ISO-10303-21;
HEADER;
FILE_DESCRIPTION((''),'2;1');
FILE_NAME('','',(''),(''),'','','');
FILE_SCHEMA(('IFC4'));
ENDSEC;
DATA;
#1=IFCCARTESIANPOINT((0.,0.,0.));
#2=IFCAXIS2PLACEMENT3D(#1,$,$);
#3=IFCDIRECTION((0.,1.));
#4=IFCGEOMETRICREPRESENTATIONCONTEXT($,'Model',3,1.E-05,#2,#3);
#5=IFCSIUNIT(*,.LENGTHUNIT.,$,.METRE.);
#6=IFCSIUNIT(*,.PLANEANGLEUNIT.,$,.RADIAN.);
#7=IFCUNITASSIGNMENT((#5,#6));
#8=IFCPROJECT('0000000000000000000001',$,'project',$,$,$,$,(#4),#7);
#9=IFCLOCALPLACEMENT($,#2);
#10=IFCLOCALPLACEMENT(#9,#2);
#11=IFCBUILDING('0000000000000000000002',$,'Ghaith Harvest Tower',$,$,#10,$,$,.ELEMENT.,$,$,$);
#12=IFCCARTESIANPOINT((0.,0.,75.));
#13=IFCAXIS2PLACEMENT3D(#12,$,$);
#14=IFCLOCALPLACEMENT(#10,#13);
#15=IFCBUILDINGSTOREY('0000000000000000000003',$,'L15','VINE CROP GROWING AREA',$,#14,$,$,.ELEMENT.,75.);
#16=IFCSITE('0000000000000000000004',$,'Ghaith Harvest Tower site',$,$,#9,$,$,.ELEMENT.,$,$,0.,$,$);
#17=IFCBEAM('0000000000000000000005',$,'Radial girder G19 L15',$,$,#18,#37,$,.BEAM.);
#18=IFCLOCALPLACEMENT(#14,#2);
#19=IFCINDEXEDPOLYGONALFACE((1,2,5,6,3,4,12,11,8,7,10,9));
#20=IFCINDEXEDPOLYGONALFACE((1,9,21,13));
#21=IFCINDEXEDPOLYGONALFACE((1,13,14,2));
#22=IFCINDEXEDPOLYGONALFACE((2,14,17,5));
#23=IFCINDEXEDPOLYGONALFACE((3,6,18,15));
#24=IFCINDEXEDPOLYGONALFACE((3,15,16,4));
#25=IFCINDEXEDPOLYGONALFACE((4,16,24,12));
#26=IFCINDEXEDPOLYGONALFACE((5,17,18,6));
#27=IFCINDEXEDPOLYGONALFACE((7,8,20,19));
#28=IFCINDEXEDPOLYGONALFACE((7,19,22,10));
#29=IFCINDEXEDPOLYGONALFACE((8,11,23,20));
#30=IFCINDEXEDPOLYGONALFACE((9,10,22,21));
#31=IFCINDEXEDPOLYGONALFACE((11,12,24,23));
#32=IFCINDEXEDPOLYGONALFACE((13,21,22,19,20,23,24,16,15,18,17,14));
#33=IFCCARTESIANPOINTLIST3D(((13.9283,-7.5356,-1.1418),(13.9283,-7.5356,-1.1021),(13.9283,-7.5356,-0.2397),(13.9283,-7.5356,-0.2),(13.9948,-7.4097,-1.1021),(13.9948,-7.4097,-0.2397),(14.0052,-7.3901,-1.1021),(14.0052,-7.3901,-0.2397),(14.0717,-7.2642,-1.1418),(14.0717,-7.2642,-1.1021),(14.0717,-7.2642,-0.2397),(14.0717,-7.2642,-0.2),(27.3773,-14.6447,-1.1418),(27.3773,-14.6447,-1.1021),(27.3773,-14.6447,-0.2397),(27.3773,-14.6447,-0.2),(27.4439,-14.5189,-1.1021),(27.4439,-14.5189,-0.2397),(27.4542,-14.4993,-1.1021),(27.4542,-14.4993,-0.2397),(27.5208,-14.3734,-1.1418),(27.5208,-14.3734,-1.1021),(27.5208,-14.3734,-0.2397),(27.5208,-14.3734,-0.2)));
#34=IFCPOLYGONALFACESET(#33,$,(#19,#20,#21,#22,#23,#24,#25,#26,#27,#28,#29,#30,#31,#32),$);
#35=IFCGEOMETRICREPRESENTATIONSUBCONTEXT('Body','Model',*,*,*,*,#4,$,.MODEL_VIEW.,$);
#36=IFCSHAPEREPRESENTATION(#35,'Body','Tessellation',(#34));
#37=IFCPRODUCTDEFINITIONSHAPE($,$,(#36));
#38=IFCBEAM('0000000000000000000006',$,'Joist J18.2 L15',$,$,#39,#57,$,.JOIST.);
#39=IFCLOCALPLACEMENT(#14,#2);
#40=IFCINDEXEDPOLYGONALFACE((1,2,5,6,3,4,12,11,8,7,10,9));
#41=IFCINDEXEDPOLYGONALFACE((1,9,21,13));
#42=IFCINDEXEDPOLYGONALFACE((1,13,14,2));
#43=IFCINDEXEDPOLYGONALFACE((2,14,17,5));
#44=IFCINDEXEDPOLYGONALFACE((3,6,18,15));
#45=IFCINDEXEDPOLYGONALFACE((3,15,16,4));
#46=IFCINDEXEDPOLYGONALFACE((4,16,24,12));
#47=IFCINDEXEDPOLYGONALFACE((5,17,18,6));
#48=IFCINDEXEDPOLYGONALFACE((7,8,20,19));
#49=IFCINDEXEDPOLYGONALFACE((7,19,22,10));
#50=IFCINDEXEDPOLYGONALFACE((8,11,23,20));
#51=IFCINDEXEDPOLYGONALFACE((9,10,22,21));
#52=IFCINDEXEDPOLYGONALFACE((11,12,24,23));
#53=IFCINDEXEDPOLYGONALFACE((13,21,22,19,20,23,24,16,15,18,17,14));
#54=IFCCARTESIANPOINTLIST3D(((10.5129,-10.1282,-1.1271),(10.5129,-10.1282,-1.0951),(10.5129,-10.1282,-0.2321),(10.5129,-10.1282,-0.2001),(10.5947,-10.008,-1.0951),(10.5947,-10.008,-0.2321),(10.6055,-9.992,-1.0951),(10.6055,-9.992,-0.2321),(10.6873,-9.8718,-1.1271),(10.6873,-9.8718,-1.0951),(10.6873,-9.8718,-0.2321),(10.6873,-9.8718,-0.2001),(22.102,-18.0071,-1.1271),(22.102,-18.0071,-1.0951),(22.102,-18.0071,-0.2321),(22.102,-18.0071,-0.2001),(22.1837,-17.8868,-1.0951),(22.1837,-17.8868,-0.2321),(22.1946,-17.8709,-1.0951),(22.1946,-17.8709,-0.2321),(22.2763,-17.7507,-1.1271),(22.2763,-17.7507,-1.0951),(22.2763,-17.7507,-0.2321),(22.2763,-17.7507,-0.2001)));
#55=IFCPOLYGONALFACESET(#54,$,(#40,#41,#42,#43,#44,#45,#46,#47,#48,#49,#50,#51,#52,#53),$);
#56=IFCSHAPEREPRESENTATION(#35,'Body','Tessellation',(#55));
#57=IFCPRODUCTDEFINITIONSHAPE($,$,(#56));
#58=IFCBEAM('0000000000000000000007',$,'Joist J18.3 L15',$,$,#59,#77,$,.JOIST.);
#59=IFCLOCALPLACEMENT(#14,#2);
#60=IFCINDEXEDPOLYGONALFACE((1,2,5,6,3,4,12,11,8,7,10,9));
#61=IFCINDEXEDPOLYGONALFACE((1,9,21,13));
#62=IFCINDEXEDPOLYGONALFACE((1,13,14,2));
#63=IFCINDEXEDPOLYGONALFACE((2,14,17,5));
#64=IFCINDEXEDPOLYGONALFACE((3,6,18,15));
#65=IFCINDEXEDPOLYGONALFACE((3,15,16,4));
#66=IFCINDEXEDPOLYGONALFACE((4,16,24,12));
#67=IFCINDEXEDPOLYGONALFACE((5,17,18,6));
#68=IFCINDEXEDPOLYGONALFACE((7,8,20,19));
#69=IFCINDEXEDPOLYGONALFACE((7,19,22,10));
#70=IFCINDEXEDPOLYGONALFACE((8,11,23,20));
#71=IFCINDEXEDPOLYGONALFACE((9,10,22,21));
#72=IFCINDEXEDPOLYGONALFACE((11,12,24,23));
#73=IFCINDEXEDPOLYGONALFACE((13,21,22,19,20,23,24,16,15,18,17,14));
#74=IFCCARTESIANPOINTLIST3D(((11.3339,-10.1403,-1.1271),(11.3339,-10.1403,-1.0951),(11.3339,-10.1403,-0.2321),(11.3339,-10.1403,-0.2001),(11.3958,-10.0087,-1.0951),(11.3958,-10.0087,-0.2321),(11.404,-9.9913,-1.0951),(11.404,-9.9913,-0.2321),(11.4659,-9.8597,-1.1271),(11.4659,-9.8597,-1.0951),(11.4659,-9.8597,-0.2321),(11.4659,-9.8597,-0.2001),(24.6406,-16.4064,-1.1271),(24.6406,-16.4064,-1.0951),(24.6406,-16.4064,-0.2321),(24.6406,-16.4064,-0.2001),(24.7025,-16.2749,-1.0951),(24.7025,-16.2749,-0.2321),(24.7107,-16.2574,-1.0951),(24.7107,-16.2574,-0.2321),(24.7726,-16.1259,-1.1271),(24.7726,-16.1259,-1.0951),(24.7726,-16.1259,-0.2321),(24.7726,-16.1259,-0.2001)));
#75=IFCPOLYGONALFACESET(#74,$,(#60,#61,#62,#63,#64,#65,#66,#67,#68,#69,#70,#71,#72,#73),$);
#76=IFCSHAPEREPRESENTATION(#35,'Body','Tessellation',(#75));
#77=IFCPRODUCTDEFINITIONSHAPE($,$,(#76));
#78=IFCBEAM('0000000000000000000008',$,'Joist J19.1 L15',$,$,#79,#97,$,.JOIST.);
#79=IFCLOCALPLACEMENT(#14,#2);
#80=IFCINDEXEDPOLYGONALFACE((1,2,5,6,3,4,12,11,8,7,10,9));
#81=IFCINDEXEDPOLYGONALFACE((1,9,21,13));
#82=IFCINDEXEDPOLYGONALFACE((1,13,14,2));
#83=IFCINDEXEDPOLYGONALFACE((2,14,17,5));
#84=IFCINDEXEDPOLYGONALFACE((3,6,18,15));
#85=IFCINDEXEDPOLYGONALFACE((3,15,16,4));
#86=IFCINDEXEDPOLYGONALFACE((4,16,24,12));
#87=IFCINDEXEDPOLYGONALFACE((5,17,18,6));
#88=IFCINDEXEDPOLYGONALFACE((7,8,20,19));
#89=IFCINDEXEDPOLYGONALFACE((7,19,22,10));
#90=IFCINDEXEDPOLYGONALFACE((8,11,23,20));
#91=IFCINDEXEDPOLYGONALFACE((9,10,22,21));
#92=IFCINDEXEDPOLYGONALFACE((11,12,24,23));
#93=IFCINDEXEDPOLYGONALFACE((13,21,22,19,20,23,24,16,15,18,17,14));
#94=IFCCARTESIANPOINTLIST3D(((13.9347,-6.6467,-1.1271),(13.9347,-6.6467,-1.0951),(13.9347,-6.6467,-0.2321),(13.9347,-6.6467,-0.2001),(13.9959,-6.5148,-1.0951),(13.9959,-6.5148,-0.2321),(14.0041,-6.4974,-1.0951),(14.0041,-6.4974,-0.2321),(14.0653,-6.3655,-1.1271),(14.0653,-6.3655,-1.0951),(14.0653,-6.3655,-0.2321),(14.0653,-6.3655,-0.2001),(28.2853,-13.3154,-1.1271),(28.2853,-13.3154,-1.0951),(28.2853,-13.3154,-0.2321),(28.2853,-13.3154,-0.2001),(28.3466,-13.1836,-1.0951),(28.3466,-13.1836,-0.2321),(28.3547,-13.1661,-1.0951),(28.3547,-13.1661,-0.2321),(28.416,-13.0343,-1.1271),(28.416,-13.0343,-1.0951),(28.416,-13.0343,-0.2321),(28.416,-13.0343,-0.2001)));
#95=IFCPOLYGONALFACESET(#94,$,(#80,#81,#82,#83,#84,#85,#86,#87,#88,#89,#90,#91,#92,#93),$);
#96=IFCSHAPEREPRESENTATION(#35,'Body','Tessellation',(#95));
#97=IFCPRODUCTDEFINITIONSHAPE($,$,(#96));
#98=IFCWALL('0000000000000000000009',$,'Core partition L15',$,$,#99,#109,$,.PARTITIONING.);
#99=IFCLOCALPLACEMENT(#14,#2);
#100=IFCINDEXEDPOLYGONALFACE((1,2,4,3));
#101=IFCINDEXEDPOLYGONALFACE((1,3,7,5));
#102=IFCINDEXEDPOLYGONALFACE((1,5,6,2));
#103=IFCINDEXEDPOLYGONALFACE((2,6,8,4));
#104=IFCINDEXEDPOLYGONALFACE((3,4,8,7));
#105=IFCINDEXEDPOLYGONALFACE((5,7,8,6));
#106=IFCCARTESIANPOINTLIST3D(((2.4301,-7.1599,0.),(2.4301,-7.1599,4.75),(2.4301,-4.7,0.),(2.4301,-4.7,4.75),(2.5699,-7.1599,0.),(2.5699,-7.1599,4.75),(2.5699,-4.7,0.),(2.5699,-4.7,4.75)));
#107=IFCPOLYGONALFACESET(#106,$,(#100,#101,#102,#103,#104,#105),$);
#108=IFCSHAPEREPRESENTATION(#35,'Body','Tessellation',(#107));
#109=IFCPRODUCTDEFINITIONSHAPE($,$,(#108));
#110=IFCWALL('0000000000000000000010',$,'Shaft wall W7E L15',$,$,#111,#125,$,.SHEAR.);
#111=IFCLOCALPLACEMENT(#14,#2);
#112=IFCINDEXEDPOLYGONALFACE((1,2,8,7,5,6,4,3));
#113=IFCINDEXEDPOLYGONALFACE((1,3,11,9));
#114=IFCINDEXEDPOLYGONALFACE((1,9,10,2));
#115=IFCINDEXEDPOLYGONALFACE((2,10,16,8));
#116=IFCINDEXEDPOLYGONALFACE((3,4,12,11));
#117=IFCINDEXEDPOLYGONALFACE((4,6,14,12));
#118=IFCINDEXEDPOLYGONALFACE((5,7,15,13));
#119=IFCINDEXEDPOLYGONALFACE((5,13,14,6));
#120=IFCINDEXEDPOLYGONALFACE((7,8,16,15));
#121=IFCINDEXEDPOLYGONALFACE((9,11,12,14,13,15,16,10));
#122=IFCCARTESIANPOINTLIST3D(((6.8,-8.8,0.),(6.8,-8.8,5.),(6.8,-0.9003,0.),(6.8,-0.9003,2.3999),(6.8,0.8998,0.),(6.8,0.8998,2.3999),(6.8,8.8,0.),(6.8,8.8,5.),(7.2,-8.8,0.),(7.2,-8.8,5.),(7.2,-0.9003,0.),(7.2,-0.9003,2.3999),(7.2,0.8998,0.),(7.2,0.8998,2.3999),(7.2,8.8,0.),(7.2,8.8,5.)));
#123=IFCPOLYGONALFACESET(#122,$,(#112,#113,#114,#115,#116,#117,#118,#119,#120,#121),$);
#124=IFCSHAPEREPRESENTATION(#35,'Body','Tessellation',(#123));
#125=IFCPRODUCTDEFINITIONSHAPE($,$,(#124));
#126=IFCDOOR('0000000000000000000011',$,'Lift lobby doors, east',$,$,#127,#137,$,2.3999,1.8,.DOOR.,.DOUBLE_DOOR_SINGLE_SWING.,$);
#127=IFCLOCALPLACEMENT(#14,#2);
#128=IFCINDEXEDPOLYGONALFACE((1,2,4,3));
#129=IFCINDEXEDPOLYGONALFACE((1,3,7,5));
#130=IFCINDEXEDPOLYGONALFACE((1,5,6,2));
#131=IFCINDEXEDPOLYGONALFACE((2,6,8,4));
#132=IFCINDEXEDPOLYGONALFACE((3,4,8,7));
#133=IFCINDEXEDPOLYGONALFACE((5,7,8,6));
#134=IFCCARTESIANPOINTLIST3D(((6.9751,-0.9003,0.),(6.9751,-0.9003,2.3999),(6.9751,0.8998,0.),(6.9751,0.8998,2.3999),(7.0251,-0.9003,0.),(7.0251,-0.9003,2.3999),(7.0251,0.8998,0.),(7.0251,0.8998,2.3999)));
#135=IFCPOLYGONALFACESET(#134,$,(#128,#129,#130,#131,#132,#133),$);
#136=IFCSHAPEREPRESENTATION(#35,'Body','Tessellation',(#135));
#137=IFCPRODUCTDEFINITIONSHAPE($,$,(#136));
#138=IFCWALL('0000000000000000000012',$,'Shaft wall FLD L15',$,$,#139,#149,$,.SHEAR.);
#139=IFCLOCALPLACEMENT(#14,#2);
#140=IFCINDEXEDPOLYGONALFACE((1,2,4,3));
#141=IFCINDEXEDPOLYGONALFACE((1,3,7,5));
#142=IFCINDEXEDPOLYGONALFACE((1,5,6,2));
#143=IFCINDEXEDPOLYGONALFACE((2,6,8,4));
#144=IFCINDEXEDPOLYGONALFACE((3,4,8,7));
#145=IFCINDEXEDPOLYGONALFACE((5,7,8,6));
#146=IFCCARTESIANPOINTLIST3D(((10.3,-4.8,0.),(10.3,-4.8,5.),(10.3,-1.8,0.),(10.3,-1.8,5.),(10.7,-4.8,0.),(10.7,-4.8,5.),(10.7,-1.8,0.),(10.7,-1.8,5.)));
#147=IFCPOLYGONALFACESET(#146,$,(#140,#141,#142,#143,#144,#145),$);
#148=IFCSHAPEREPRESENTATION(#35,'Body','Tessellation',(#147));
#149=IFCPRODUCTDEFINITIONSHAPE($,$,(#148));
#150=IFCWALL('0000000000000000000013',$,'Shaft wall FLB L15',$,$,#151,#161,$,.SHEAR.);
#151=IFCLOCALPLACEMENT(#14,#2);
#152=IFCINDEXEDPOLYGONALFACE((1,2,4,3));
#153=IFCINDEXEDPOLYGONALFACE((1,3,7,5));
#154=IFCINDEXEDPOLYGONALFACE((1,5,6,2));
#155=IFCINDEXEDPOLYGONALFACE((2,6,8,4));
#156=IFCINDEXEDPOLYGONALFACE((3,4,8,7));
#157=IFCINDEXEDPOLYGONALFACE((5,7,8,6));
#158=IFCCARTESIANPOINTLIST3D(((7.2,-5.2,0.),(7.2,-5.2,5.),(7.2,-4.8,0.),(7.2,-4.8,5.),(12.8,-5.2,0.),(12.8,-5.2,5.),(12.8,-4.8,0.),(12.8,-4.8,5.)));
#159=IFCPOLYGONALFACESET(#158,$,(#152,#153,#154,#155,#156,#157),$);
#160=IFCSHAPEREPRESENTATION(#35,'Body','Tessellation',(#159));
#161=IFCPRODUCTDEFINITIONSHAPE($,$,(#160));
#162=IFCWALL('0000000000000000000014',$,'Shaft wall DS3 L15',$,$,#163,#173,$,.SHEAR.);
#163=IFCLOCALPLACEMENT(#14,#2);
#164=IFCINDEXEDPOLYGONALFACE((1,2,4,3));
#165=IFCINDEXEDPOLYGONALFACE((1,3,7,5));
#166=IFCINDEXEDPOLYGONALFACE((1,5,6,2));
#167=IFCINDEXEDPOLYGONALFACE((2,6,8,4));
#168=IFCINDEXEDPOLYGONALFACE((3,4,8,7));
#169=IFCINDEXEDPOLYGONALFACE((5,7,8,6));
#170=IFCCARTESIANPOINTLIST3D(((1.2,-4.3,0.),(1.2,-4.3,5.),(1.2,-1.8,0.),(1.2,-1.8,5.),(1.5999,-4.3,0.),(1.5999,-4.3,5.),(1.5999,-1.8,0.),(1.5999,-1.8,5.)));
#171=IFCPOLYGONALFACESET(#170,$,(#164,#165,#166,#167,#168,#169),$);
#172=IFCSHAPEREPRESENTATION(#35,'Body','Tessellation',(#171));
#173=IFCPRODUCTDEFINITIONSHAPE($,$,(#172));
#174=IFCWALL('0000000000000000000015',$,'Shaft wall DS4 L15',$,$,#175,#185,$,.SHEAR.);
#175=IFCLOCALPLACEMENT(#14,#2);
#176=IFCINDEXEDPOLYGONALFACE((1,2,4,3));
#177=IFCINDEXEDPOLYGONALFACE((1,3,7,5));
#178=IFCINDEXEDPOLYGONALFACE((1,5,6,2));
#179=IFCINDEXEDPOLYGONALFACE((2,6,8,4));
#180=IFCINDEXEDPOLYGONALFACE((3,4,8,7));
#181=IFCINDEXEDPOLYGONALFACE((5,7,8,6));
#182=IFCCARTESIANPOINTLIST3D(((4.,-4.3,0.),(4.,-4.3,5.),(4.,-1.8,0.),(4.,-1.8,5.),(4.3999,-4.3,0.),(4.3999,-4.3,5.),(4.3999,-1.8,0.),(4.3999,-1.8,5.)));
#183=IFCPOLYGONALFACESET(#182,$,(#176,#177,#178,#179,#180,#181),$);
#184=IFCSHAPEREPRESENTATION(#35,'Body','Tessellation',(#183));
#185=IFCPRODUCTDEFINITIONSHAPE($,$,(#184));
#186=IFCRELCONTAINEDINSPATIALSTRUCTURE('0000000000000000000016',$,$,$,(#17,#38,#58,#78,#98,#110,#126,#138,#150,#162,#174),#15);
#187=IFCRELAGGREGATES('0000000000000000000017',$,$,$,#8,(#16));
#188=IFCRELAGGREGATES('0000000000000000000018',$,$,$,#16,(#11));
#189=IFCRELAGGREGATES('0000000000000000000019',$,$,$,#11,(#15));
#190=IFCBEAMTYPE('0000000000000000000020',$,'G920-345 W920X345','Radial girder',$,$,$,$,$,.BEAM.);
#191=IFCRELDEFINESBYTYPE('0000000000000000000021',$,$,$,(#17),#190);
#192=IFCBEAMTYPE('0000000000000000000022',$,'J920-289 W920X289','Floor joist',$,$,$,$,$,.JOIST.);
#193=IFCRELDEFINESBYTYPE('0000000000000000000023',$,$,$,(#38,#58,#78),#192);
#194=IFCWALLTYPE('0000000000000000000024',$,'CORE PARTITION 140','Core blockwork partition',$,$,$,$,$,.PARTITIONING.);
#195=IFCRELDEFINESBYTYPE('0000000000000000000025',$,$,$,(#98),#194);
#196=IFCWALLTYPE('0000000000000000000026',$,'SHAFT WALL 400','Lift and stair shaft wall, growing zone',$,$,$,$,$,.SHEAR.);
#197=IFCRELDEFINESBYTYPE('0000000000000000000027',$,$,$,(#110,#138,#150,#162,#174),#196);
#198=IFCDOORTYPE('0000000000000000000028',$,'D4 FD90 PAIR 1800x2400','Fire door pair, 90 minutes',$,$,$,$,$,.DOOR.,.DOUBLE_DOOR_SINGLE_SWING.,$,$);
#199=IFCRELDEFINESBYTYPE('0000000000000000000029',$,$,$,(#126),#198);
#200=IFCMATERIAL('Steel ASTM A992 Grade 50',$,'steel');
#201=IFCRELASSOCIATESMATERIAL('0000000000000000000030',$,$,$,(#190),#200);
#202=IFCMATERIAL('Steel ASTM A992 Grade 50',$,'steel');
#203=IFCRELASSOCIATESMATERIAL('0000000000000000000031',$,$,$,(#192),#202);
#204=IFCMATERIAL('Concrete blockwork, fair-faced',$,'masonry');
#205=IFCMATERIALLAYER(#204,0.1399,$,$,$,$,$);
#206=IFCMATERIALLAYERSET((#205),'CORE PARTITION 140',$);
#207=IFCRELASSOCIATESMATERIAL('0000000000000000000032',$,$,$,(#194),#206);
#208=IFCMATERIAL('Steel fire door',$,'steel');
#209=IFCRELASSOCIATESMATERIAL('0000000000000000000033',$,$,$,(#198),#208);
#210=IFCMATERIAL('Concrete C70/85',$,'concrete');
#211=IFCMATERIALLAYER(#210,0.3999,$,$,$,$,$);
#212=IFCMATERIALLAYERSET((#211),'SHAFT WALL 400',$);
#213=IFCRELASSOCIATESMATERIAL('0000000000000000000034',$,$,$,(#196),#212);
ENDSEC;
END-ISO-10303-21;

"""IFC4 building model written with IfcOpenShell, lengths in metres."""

from ifc_helpers import new_model, si_unit, direction, frame, frame_2d, origin, origin_2d, place, context, subcontext, project, spatial, rectangle, i_section, extrude, material, layer, layer_set, material_profile, profile_set, type_object, element, fill, save


model = new_model("IFC4")

# Units and contexts
model_context = context("Model", 3, precision=1e-05, world=origin(), true_north=direction((0.0, 1.0)))
body_context = subcontext(model_context, "Body", "Model", "MODEL_VIEW")
ifc_project = project(units=[si_unit("LENGTHUNIT", "METRE"), si_unit("PLANEANGLEUNIT", "RADIAN")], contexts=[model_context])

# Site, building, storey
site_placement = place(None, origin())
site = spatial("IfcSite", under=ifc_project, at=site_placement, Name="Ghaith Harvest Tower site", CompositionType="ELEMENT", RefElevation=0.0)
building_placement = place(site_placement, origin())
building = spatial("IfcBuilding", under=site, at=building_placement, Name="Ghaith Harvest Tower", CompositionType="ELEMENT")
storey_placement = place(building_placement, frame((0.0, 0.0, 75.0)))
storey = spatial("IfcBuildingStorey", under=building, at=storey_placement, Name="L15", Description="VINE CROP GROWING AREA", CompositionType="ELEMENT", Elevation=75.0)

# Beams
ifc_material_1 = material(Name="Steel ASTM A992 Grade 50", Category="steel")
ifc_material_profile_1 = material_profile(ifc_material_1, i_section(OverallWidth=0.3069, OverallDepth=0.9419, WebThickness=0.0222, FlangeThickness=0.0398, at=origin_2d()), Name="W920X345")
ifc_profile_set_1 = profile_set([ifc_material_profile_1], Name="Steel ASTM A992 Grade 50")
beam_type_1 = type_object("IfcBeamType", Name="G920-345 W920X345", Description="Radial girder", PredefinedType="BEAM", material=ifc_profile_set_1)
beam_1_placement = place(storey_placement, frame((14.0, -7.3999, -0.6709), z_axis=(0.884084, -0.467327, 0.0), x_axis=(0.467327, 0.884084, 0.0)))
element("IfcBeam", 1, at=beam_1_placement, inside=storey, type_object=beam_type_1, Name="Radial girder G19 L15", PredefinedType="BEAM", context=body_context, shape_type="SweptSolid", body=[
    extrude(i_section(OverallWidth=0.3069, OverallDepth=0.9419, WebThickness=0.0222, FlangeThickness=0.0398, at=origin_2d()), origin(), (0.0, 0.0, 1.0), 15.2124),
])
ifc_material_2 = material(Name="Steel ASTM A992 Grade 50", Category="steel")
ifc_material_profile_2 = material_profile(ifc_material_2, i_section(OverallWidth=0.3101, OverallDepth=0.927, WebThickness=0.0193, FlangeThickness=0.032, at=origin_2d()), Name="W920X289")
ifc_profile_set_2 = profile_set([ifc_material_profile_2], Name="Steel ASTM A992 Grade 50")
beam_type_2 = type_object("IfcBeamType", Name="J920-289 W920X289", Description="Floor joist", PredefinedType="JOIST", material=ifc_profile_set_2)
beam_2_placement = place(storey_placement, frame((10.6001, -10.0, -0.6636), z_axis=(0.826983, -0.562228, 0.0), x_axis=(0.562228, 0.826983, 0.0)))
element("IfcBeam", 2, at=beam_2_placement, inside=storey, type_object=beam_type_2, Name="Joist J18.2 L15", PredefinedType="JOIST", context=body_context, shape_type="SweptSolid", body=[
    extrude(i_section(OverallWidth=0.3101, OverallDepth=0.927, WebThickness=0.0193, FlangeThickness=0.032, at=origin_2d()), origin(), (0.0, 0.0, 1.0), 14.0137),
])
beam_3_placement = place(storey_placement, frame((11.3999, -10.0, -0.6636), z_axis=(0.90471, -0.426029, 0.0), x_axis=(0.426029, 0.90471, 0.0)))
element("IfcBeam", 3, at=beam_3_placement, inside=storey, type_object=beam_type_2, Name="Joist J18.3 L15", PredefinedType="JOIST", context=body_context, shape_type="SweptSolid", body=[
    extrude(i_section(OverallWidth=0.3101, OverallDepth=0.927, WebThickness=0.0193, FlangeThickness=0.032, at=origin_2d()), origin(), (0.0, 0.0, 1.0), 14.7083),
])
beam_4_placement = place(storey_placement, frame((14.0, -6.5061, -0.6636), z_axis=(0.906866, -0.42142, 0.0), x_axis=(0.42142, 0.906866, 0.0)))
element("IfcBeam", 4, at=beam_4_placement, inside=storey, type_object=beam_type_2, Name="Joist J19.1 L15", PredefinedType="JOIST", context=body_context, shape_type="SweptSolid", body=[
    extrude(i_section(OverallWidth=0.3101, OverallDepth=0.927, WebThickness=0.0193, FlangeThickness=0.032, at=origin_2d()), origin(), (0.0, 0.0, 1.0), 15.8245),
])

# Wall
ifc_material_3 = material(Name="Concrete blockwork, fair-faced", Category="masonry")
ifc_layer_1 = layer(ifc_material_3, 0.1399)
ifc_layer_set_1 = layer_set([ifc_layer_1], Name="CORE PARTITION 140")
wall_type_1 = type_object("IfcWallType", Name="CORE PARTITION 140", Description="Core blockwork partition", PredefinedType="PARTITIONING", material=ifc_layer_set_1)
wall_1_placement = place(storey_placement, frame((2.5, -4.7, 0.0), z_axis=(0.0, 0.0, 1.0), x_axis=(0.0, -1.0, 0.0)))
element("IfcWall", 5, at=wall_1_placement, inside=storey, type_object=wall_type_1, Name="Core partition L15", PredefinedType="PARTITIONING", context=body_context, shape_type="SweptSolid", body=[
    extrude(rectangle(XDim=2.46, YDim=0.1399, at=frame_2d((1.23, 0.0))), origin(), (0.0, 0.0, 1.0), 4.75),
])

# Wall, opening, door
ifc_material_4 = material(Name="Steel fire door", Category="steel")
door_type_1 = type_object("IfcDoorType", Name="D4 FD90 PAIR 1800x2400", Description="Fire door pair, 90 minutes", OperationType="DOUBLE_DOOR_SINGLE_SWING", PredefinedType="DOOR", material=ifc_material_4)
ifc_material_5 = material(Name="Concrete C70/85", Category="concrete")
ifc_layer_2 = layer(ifc_material_5, 0.3999)
ifc_layer_set_2 = layer_set([ifc_layer_2], Name="SHAFT WALL 400")
wall_type_2 = type_object("IfcWallType", Name="SHAFT WALL 400", Description="Lift and stair shaft wall, growing zone", PredefinedType="SHEAR", material=ifc_layer_set_2)
wall_2_placement = place(storey_placement, frame((7.0, -8.8, 0.0), z_axis=(0.0, 0.0, 1.0), x_axis=(0.0, 1.0, 0.0)))
wall_2 = element("IfcWall", 6, at=wall_2_placement, inside=storey, type_object=wall_type_2, Name="Shaft wall W7E L15", PredefinedType="SHEAR", context=body_context, shape_type="SweptSolid", body=[
    extrude(rectangle(XDim=17.6001, YDim=0.3999, at=frame_2d((8.8, 0.0))), origin(), (0.0, 0.0, 1.0), 5.0),
])
opening_1_placement = place(wall_2_placement, frame((7.8999, 0.0, 0.0)))
opening_1 = element("IfcOpeningElement", 7, at=opening_1_placement, cuts=wall_2, PredefinedType="OPENING", context=body_context, shape_type="SweptSolid", body=[
    extrude(rectangle(XDim=1.8, YDim=2.3999, at=frame_2d((0.8999, 1.2))), frame((0.0, 0.21, 0.0), z_axis=(0.0, -1.0, 0.0), x_axis=(1.0, 0.0, 0.0)), (0.0, 0.0, 1.0), 0.4199),
])
door_1_placement = place(opening_1_placement, origin())
door_1 = element("IfcDoor", 8, at=door_1_placement, inside=storey, type_object=door_type_1, Name="Lift lobby doors, east", OperationType="DOUBLE_DOOR_SINGLE_SWING", OverallHeight=2.3999, OverallWidth=1.8, PredefinedType="DOOR", context=body_context, shape_type="SweptSolid", body=[
    extrude(rectangle(XDim=1.8, YDim=2.3999, at=frame_2d((0.8999, 1.2))), frame((0.0, 0.0249, 0.0), z_axis=(0.0, -1.0, 0.0), x_axis=(1.0, 0.0, 0.0)), (0.0, 0.0, 1.0), 0.05),
])
fill(opening_1, door_1)

# Walls
wall_3_placement = place(storey_placement, frame((10.5, -4.8, 0.0), z_axis=(0.0, 0.0, 1.0), x_axis=(0.0, 1.0, 0.0)))
element("IfcWall", 9, at=wall_3_placement, inside=storey, type_object=wall_type_2, Name="Shaft wall FLD L15", PredefinedType="SHEAR", context=body_context, shape_type="SweptSolid", body=[
    extrude(rectangle(XDim=3.0, YDim=0.3999, at=frame_2d((1.5, 0.0))), origin(), (0.0, 0.0, 1.0), 5.0),
])
wall_4_placement = place(storey_placement, frame((7.2, -5.0, 0.0), z_axis=(0.0, 0.0, 1.0), x_axis=(1.0, 0.0, 0.0)))
element("IfcWall", 10, at=wall_4_placement, inside=storey, type_object=wall_type_2, Name="Shaft wall FLB L15", PredefinedType="SHEAR", context=body_context, shape_type="SweptSolid", body=[
    extrude(rectangle(XDim=5.6001, YDim=0.3999, at=frame_2d((2.8, 0.0))), origin(), (0.0, 0.0, 1.0), 5.0),
])
for number, where, z_axis, x_axis, name in (
    (11, (1.3999, -4.3, 0.0), (0.0, 0.0, 1.0), (0.0, 1.0, 0.0), "Shaft wall DS3 L15"),
    (12, (4.2, -4.3, 0.0), (0.0, 0.0, 1.0), (0.0, 1.0, 0.0), "Shaft wall DS4 L15"),
):
    element("IfcWall", number, at=place(storey_placement, frame(where, z_axis=z_axis, x_axis=x_axis)), inside=storey, type_object=wall_type_2, Name=name, PredefinedType="SHEAR", context=body_context, shape_type="SweptSolid", body=[
        extrude(rectangle(XDim=2.5, YDim=0.3999, at=frame_2d((1.25, 0.0))), origin(), (0.0, 0.0, 1.0), 5.0),
    ])

save(model, "model.ifc")
